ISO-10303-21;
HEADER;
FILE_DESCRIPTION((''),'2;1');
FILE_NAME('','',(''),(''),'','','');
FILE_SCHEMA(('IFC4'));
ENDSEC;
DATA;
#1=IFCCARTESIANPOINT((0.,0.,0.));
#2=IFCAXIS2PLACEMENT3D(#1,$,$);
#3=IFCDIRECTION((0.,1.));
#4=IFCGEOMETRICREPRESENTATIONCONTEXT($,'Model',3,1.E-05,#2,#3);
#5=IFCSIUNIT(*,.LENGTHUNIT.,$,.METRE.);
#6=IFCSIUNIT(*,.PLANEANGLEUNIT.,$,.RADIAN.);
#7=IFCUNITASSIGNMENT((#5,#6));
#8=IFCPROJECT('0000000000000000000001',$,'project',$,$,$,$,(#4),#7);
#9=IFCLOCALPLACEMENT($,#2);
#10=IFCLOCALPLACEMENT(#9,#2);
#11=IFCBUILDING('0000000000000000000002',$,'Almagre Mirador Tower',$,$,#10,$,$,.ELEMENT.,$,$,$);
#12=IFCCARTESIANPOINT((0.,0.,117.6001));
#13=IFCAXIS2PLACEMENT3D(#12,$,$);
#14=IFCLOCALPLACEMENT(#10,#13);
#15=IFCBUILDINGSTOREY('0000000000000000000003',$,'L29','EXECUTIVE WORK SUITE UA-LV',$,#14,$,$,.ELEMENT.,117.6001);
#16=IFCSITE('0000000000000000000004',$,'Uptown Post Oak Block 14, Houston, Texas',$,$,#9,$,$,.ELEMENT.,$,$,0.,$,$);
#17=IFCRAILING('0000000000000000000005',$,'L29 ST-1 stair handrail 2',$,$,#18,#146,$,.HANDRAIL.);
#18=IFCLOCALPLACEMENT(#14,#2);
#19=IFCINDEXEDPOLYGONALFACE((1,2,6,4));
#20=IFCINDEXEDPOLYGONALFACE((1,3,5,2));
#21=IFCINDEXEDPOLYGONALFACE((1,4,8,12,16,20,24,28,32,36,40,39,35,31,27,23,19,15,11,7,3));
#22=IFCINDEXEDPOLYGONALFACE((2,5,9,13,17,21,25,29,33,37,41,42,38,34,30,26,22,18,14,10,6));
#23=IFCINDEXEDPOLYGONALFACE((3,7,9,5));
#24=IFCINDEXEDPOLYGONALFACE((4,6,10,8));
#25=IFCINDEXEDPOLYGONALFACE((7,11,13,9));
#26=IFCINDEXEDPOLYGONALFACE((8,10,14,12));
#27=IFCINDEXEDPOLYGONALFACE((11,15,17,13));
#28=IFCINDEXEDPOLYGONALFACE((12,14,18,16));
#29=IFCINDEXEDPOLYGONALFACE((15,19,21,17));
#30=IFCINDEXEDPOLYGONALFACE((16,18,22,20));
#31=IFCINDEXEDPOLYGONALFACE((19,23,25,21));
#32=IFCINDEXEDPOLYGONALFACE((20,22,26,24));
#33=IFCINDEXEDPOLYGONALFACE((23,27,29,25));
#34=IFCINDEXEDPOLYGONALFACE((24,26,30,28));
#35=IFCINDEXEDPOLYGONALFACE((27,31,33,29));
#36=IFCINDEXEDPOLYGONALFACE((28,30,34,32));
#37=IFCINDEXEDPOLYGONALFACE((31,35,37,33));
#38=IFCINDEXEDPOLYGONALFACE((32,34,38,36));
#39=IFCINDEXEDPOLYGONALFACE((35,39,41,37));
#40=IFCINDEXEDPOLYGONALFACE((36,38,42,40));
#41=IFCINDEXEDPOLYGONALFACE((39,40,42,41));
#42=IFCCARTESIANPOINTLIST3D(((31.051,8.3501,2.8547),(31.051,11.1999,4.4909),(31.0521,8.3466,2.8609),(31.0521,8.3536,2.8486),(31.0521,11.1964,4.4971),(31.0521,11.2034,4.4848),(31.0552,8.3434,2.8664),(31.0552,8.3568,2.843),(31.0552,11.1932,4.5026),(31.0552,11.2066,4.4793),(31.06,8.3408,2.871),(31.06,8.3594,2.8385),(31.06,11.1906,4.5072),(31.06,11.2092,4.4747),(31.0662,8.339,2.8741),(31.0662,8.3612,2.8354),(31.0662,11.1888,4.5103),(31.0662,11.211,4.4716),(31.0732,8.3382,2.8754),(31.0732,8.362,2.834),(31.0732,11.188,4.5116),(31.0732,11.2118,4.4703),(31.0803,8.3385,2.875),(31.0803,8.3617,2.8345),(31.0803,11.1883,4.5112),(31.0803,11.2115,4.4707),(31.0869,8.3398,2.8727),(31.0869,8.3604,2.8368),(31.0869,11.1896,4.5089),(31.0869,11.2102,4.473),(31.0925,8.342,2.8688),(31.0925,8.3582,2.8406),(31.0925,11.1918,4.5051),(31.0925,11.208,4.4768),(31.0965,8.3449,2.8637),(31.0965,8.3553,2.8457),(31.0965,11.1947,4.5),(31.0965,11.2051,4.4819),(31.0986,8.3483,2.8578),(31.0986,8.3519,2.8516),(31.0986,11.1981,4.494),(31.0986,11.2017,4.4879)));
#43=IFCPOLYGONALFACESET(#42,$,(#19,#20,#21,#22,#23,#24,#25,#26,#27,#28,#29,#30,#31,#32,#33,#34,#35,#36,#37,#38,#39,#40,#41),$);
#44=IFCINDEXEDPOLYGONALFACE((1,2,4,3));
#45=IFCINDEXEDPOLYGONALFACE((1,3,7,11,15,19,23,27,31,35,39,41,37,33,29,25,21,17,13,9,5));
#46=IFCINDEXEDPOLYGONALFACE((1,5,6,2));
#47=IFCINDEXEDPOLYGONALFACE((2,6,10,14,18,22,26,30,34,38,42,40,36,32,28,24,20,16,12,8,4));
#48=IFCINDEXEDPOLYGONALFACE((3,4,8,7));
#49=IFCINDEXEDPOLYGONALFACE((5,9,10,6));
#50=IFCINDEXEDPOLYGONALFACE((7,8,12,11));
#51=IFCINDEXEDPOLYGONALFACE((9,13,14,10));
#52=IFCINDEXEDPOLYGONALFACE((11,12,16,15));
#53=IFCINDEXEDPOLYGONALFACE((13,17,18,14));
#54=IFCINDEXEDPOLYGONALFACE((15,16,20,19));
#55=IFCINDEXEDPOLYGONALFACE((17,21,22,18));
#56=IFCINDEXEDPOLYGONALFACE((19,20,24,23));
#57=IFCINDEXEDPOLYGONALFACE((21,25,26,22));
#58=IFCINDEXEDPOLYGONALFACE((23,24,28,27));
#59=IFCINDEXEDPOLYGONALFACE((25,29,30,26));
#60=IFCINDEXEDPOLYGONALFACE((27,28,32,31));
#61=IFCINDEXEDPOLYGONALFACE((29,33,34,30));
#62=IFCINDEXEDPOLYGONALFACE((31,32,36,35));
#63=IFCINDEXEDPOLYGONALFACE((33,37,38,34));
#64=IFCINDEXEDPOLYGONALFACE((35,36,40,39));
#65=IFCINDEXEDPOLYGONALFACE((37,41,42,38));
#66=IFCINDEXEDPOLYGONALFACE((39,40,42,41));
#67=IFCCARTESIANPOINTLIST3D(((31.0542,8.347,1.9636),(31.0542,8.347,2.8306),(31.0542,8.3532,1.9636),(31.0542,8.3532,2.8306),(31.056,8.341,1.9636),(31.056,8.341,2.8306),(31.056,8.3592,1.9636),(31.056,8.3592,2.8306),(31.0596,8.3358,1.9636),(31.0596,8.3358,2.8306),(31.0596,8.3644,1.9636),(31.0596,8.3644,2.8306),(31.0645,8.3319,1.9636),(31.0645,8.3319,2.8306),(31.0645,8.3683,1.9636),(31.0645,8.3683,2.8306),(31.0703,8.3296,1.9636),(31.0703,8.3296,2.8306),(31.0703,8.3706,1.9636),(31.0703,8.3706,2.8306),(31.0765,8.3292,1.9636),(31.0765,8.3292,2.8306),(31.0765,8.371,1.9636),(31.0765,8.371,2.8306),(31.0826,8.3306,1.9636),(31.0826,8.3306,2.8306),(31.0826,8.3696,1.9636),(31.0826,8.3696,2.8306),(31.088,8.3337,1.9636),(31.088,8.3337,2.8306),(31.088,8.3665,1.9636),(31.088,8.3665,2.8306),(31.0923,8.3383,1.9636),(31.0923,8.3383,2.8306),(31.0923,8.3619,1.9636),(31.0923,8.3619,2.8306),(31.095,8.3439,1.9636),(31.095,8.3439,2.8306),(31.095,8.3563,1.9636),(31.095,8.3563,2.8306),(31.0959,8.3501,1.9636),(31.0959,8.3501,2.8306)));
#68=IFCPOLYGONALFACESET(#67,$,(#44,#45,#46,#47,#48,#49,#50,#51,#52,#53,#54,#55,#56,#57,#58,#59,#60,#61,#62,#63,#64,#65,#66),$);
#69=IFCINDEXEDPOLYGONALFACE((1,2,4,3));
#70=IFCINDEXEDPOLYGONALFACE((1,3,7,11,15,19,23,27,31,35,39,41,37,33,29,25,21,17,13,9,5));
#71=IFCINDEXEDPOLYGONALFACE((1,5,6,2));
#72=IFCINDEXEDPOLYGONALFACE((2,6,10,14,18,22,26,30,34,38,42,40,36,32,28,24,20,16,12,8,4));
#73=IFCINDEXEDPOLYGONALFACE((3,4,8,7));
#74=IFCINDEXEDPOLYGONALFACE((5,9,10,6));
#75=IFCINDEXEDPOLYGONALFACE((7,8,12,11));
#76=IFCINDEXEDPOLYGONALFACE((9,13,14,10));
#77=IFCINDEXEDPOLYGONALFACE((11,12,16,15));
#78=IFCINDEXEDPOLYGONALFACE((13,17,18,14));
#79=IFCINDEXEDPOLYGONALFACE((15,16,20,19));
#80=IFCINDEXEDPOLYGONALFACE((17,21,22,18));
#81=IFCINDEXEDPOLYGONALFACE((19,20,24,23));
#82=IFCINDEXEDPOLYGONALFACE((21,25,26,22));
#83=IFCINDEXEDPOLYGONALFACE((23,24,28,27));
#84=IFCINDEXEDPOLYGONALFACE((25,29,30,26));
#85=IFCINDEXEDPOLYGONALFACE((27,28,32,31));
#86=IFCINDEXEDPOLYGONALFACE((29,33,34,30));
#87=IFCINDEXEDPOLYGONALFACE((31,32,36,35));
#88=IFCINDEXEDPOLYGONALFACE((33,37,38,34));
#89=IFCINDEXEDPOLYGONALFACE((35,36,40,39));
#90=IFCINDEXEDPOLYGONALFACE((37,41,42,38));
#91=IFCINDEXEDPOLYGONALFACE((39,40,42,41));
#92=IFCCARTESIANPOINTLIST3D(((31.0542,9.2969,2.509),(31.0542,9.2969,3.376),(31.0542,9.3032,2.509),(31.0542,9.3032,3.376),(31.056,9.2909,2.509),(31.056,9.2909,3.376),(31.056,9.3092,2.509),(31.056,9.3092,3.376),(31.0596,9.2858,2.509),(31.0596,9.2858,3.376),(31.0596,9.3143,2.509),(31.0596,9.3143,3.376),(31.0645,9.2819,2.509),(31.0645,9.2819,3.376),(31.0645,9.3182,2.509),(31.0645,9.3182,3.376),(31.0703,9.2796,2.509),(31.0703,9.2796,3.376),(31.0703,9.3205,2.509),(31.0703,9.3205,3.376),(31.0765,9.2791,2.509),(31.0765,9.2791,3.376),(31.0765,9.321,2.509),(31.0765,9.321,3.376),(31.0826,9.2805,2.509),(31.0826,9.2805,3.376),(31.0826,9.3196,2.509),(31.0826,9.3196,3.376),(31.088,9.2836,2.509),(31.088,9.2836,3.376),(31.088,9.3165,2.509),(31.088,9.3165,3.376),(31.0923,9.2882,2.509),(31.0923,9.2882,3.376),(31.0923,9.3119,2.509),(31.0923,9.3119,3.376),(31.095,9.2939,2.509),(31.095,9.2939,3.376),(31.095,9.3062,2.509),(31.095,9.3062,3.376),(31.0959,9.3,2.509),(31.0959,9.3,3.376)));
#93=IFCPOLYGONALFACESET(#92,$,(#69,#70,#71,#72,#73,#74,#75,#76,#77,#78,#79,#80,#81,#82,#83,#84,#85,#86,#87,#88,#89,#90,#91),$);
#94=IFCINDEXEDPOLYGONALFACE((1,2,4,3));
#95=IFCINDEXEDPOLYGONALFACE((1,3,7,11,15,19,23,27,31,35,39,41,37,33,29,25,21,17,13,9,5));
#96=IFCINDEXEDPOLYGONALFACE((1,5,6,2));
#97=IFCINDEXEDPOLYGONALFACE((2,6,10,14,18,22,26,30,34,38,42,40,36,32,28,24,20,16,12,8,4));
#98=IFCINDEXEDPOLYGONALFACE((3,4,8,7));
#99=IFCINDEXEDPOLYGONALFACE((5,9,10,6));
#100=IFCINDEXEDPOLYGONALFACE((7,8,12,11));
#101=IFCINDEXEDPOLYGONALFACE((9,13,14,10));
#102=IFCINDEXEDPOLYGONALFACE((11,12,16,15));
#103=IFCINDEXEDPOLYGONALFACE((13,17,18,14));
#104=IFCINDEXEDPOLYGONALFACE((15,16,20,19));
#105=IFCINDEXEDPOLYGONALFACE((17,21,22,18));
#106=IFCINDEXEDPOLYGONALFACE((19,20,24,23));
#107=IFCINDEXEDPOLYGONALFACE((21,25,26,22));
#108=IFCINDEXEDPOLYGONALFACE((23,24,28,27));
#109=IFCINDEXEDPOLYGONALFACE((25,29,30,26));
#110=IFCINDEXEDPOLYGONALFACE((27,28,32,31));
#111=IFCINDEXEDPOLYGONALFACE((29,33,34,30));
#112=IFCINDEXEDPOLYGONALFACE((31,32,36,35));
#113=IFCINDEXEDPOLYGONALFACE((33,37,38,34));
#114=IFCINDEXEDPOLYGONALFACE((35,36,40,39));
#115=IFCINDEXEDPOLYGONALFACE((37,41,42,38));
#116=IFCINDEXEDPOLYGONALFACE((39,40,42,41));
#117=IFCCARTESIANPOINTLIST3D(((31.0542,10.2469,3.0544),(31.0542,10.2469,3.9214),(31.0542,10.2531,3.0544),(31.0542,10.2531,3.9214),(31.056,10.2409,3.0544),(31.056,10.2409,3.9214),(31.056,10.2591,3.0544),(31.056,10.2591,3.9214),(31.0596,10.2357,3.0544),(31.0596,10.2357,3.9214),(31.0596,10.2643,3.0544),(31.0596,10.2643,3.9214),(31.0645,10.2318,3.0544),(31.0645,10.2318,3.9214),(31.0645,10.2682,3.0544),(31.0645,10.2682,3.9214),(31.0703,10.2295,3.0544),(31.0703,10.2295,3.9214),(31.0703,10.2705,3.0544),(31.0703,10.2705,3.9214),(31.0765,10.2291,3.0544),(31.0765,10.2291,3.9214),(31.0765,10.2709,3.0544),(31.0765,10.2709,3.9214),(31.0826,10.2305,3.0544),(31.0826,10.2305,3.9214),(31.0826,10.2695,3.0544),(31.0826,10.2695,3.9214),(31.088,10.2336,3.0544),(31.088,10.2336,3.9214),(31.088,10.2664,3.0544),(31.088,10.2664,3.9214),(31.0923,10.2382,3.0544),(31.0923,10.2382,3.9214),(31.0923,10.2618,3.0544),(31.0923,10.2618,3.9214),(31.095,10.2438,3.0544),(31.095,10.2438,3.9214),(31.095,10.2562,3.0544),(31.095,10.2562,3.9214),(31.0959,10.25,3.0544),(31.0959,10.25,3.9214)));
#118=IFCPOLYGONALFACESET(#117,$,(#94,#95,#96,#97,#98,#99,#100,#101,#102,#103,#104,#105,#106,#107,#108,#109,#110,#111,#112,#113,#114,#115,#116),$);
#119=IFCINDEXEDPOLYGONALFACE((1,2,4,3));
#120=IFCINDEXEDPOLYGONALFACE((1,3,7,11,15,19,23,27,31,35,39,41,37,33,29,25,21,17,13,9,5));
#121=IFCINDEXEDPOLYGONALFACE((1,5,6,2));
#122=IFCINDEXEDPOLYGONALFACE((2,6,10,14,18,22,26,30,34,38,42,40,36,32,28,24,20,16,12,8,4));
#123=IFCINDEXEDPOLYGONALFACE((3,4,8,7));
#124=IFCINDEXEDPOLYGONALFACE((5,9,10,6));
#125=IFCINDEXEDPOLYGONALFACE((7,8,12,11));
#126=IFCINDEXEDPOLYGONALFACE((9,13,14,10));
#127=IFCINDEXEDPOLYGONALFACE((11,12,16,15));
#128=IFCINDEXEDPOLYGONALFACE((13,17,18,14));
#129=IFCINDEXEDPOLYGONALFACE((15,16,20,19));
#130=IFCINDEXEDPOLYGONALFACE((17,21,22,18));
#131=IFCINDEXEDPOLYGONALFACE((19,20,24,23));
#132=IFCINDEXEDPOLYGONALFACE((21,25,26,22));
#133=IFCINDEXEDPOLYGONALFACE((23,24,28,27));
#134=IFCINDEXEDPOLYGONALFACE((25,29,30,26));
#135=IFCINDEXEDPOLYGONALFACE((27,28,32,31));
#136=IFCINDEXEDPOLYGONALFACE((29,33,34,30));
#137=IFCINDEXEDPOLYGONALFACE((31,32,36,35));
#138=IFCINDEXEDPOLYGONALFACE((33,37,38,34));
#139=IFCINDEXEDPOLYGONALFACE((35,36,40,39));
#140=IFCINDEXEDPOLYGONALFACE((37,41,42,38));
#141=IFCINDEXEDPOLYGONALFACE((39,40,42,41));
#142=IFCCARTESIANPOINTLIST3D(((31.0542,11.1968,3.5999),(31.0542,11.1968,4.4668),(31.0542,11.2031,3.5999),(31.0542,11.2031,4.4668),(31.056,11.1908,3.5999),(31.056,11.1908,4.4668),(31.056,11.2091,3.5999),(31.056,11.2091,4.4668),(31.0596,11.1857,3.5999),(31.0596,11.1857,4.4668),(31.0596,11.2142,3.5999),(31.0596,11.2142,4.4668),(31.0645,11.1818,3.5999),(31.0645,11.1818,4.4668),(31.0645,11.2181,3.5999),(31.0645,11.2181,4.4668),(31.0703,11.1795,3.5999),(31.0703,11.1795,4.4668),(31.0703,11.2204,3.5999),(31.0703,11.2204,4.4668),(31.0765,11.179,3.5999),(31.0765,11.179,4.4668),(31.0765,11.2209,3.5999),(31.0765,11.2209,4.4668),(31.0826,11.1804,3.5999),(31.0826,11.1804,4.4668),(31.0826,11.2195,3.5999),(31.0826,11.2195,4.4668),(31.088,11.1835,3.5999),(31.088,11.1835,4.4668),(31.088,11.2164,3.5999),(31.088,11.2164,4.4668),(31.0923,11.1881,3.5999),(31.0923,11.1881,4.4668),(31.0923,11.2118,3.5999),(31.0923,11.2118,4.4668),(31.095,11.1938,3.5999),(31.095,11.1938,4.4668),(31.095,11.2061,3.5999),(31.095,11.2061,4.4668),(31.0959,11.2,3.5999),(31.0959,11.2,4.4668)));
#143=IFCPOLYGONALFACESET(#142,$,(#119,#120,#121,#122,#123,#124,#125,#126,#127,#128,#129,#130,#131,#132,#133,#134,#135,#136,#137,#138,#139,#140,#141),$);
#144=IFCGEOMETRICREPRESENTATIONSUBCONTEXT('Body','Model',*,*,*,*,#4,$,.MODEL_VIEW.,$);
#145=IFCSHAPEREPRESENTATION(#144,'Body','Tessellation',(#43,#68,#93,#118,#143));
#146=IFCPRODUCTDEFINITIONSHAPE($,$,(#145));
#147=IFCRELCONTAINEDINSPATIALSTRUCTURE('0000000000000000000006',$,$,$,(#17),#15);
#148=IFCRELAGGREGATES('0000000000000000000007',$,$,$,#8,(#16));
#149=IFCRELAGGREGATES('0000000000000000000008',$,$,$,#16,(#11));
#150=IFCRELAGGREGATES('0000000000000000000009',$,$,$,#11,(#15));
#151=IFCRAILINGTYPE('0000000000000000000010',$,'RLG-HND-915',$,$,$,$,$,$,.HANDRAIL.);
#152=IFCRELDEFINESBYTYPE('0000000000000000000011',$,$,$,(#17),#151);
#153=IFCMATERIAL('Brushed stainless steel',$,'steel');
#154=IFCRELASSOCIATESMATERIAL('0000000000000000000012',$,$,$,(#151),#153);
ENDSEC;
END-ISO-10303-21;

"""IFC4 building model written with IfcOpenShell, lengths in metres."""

from ifc_helpers import new_model, si_unit, direction, frame, origin, origin_2d, place, context, subcontext, project, spatial, circle, extrude, material, type_object, element, save


model = new_model("IFC4")

# Units and contexts
model_context = context("Model", 3, precision=1e-05, world=origin(), true_north=direction((0.0, 1.0)))
body_context = subcontext(model_context, "Body", "Model", "MODEL_VIEW")
ifc_project = project(units=[si_unit("LENGTHUNIT", "METRE"), si_unit("PLANEANGLEUNIT", "RADIAN")], contexts=[model_context])

# Site, building, storey
site_placement = place(None, origin())
site = spatial("IfcSite", under=ifc_project, at=site_placement, Name="Uptown Post Oak Block 14, Houston, Texas", CompositionType="ELEMENT", RefElevation=0.0)
building_placement = place(site_placement, origin())
building = spatial("IfcBuilding", under=site, at=building_placement, Name="Almagre Mirador Tower", CompositionType="ELEMENT")
storey_placement = place(building_placement, frame((0.0, 0.0, 117.6001)))
storey = spatial("IfcBuildingStorey", under=building, at=storey_placement, Name="L29", Description="EXECUTIVE WORK SUITE UA-LV", CompositionType="ELEMENT", Elevation=117.6001)

# Railing
ifc_material_1 = material(Name="Brushed stainless steel", Category="steel")
railing_type_1 = type_object("IfcRailingType", Name="RLG-HND-915", PredefinedType="HANDRAIL", material=ifc_material_1)
railing_1_placement = place(storey_placement, frame((31.075, 8.3501, 1.9636)))
element("IfcRailing", 1, at=railing_1_placement, inside=storey, type_object=railing_type_1, Name="L29 ST-1 stair handrail 2", PredefinedType="HANDRAIL", context=body_context, shape_type="SweptSolid", body=[
    extrude(circle(Radius=0.0239, at=origin_2d()), frame((0.0, 0.0, 0.8911), z_axis=(0.0, 0.867226, 0.497914), x_axis=(-1.0, 0.0, 0.0)), (0.0, 0.0, 1.0), 3.2861),
    extrude(circle(Radius=0.021, at=origin_2d()), origin(), (0.0, 0.0, 1.0), 0.8669),
    extrude(circle(Radius=0.021, at=origin_2d()), frame((0.0, 0.95, 0.5454)), (0.0, 0.0, 1.0), 0.8669),
    extrude(circle(Radius=0.021, at=origin_2d()), frame((0.0, 1.8999, 1.0908)), (0.0, 0.0, 1.0), 0.8669),
    extrude(circle(Radius=0.021, at=origin_2d()), frame((0.0, 2.8499, 1.6362)), (0.0, 0.0, 1.0), 0.8669),
])

save(model, "model.ifc")
